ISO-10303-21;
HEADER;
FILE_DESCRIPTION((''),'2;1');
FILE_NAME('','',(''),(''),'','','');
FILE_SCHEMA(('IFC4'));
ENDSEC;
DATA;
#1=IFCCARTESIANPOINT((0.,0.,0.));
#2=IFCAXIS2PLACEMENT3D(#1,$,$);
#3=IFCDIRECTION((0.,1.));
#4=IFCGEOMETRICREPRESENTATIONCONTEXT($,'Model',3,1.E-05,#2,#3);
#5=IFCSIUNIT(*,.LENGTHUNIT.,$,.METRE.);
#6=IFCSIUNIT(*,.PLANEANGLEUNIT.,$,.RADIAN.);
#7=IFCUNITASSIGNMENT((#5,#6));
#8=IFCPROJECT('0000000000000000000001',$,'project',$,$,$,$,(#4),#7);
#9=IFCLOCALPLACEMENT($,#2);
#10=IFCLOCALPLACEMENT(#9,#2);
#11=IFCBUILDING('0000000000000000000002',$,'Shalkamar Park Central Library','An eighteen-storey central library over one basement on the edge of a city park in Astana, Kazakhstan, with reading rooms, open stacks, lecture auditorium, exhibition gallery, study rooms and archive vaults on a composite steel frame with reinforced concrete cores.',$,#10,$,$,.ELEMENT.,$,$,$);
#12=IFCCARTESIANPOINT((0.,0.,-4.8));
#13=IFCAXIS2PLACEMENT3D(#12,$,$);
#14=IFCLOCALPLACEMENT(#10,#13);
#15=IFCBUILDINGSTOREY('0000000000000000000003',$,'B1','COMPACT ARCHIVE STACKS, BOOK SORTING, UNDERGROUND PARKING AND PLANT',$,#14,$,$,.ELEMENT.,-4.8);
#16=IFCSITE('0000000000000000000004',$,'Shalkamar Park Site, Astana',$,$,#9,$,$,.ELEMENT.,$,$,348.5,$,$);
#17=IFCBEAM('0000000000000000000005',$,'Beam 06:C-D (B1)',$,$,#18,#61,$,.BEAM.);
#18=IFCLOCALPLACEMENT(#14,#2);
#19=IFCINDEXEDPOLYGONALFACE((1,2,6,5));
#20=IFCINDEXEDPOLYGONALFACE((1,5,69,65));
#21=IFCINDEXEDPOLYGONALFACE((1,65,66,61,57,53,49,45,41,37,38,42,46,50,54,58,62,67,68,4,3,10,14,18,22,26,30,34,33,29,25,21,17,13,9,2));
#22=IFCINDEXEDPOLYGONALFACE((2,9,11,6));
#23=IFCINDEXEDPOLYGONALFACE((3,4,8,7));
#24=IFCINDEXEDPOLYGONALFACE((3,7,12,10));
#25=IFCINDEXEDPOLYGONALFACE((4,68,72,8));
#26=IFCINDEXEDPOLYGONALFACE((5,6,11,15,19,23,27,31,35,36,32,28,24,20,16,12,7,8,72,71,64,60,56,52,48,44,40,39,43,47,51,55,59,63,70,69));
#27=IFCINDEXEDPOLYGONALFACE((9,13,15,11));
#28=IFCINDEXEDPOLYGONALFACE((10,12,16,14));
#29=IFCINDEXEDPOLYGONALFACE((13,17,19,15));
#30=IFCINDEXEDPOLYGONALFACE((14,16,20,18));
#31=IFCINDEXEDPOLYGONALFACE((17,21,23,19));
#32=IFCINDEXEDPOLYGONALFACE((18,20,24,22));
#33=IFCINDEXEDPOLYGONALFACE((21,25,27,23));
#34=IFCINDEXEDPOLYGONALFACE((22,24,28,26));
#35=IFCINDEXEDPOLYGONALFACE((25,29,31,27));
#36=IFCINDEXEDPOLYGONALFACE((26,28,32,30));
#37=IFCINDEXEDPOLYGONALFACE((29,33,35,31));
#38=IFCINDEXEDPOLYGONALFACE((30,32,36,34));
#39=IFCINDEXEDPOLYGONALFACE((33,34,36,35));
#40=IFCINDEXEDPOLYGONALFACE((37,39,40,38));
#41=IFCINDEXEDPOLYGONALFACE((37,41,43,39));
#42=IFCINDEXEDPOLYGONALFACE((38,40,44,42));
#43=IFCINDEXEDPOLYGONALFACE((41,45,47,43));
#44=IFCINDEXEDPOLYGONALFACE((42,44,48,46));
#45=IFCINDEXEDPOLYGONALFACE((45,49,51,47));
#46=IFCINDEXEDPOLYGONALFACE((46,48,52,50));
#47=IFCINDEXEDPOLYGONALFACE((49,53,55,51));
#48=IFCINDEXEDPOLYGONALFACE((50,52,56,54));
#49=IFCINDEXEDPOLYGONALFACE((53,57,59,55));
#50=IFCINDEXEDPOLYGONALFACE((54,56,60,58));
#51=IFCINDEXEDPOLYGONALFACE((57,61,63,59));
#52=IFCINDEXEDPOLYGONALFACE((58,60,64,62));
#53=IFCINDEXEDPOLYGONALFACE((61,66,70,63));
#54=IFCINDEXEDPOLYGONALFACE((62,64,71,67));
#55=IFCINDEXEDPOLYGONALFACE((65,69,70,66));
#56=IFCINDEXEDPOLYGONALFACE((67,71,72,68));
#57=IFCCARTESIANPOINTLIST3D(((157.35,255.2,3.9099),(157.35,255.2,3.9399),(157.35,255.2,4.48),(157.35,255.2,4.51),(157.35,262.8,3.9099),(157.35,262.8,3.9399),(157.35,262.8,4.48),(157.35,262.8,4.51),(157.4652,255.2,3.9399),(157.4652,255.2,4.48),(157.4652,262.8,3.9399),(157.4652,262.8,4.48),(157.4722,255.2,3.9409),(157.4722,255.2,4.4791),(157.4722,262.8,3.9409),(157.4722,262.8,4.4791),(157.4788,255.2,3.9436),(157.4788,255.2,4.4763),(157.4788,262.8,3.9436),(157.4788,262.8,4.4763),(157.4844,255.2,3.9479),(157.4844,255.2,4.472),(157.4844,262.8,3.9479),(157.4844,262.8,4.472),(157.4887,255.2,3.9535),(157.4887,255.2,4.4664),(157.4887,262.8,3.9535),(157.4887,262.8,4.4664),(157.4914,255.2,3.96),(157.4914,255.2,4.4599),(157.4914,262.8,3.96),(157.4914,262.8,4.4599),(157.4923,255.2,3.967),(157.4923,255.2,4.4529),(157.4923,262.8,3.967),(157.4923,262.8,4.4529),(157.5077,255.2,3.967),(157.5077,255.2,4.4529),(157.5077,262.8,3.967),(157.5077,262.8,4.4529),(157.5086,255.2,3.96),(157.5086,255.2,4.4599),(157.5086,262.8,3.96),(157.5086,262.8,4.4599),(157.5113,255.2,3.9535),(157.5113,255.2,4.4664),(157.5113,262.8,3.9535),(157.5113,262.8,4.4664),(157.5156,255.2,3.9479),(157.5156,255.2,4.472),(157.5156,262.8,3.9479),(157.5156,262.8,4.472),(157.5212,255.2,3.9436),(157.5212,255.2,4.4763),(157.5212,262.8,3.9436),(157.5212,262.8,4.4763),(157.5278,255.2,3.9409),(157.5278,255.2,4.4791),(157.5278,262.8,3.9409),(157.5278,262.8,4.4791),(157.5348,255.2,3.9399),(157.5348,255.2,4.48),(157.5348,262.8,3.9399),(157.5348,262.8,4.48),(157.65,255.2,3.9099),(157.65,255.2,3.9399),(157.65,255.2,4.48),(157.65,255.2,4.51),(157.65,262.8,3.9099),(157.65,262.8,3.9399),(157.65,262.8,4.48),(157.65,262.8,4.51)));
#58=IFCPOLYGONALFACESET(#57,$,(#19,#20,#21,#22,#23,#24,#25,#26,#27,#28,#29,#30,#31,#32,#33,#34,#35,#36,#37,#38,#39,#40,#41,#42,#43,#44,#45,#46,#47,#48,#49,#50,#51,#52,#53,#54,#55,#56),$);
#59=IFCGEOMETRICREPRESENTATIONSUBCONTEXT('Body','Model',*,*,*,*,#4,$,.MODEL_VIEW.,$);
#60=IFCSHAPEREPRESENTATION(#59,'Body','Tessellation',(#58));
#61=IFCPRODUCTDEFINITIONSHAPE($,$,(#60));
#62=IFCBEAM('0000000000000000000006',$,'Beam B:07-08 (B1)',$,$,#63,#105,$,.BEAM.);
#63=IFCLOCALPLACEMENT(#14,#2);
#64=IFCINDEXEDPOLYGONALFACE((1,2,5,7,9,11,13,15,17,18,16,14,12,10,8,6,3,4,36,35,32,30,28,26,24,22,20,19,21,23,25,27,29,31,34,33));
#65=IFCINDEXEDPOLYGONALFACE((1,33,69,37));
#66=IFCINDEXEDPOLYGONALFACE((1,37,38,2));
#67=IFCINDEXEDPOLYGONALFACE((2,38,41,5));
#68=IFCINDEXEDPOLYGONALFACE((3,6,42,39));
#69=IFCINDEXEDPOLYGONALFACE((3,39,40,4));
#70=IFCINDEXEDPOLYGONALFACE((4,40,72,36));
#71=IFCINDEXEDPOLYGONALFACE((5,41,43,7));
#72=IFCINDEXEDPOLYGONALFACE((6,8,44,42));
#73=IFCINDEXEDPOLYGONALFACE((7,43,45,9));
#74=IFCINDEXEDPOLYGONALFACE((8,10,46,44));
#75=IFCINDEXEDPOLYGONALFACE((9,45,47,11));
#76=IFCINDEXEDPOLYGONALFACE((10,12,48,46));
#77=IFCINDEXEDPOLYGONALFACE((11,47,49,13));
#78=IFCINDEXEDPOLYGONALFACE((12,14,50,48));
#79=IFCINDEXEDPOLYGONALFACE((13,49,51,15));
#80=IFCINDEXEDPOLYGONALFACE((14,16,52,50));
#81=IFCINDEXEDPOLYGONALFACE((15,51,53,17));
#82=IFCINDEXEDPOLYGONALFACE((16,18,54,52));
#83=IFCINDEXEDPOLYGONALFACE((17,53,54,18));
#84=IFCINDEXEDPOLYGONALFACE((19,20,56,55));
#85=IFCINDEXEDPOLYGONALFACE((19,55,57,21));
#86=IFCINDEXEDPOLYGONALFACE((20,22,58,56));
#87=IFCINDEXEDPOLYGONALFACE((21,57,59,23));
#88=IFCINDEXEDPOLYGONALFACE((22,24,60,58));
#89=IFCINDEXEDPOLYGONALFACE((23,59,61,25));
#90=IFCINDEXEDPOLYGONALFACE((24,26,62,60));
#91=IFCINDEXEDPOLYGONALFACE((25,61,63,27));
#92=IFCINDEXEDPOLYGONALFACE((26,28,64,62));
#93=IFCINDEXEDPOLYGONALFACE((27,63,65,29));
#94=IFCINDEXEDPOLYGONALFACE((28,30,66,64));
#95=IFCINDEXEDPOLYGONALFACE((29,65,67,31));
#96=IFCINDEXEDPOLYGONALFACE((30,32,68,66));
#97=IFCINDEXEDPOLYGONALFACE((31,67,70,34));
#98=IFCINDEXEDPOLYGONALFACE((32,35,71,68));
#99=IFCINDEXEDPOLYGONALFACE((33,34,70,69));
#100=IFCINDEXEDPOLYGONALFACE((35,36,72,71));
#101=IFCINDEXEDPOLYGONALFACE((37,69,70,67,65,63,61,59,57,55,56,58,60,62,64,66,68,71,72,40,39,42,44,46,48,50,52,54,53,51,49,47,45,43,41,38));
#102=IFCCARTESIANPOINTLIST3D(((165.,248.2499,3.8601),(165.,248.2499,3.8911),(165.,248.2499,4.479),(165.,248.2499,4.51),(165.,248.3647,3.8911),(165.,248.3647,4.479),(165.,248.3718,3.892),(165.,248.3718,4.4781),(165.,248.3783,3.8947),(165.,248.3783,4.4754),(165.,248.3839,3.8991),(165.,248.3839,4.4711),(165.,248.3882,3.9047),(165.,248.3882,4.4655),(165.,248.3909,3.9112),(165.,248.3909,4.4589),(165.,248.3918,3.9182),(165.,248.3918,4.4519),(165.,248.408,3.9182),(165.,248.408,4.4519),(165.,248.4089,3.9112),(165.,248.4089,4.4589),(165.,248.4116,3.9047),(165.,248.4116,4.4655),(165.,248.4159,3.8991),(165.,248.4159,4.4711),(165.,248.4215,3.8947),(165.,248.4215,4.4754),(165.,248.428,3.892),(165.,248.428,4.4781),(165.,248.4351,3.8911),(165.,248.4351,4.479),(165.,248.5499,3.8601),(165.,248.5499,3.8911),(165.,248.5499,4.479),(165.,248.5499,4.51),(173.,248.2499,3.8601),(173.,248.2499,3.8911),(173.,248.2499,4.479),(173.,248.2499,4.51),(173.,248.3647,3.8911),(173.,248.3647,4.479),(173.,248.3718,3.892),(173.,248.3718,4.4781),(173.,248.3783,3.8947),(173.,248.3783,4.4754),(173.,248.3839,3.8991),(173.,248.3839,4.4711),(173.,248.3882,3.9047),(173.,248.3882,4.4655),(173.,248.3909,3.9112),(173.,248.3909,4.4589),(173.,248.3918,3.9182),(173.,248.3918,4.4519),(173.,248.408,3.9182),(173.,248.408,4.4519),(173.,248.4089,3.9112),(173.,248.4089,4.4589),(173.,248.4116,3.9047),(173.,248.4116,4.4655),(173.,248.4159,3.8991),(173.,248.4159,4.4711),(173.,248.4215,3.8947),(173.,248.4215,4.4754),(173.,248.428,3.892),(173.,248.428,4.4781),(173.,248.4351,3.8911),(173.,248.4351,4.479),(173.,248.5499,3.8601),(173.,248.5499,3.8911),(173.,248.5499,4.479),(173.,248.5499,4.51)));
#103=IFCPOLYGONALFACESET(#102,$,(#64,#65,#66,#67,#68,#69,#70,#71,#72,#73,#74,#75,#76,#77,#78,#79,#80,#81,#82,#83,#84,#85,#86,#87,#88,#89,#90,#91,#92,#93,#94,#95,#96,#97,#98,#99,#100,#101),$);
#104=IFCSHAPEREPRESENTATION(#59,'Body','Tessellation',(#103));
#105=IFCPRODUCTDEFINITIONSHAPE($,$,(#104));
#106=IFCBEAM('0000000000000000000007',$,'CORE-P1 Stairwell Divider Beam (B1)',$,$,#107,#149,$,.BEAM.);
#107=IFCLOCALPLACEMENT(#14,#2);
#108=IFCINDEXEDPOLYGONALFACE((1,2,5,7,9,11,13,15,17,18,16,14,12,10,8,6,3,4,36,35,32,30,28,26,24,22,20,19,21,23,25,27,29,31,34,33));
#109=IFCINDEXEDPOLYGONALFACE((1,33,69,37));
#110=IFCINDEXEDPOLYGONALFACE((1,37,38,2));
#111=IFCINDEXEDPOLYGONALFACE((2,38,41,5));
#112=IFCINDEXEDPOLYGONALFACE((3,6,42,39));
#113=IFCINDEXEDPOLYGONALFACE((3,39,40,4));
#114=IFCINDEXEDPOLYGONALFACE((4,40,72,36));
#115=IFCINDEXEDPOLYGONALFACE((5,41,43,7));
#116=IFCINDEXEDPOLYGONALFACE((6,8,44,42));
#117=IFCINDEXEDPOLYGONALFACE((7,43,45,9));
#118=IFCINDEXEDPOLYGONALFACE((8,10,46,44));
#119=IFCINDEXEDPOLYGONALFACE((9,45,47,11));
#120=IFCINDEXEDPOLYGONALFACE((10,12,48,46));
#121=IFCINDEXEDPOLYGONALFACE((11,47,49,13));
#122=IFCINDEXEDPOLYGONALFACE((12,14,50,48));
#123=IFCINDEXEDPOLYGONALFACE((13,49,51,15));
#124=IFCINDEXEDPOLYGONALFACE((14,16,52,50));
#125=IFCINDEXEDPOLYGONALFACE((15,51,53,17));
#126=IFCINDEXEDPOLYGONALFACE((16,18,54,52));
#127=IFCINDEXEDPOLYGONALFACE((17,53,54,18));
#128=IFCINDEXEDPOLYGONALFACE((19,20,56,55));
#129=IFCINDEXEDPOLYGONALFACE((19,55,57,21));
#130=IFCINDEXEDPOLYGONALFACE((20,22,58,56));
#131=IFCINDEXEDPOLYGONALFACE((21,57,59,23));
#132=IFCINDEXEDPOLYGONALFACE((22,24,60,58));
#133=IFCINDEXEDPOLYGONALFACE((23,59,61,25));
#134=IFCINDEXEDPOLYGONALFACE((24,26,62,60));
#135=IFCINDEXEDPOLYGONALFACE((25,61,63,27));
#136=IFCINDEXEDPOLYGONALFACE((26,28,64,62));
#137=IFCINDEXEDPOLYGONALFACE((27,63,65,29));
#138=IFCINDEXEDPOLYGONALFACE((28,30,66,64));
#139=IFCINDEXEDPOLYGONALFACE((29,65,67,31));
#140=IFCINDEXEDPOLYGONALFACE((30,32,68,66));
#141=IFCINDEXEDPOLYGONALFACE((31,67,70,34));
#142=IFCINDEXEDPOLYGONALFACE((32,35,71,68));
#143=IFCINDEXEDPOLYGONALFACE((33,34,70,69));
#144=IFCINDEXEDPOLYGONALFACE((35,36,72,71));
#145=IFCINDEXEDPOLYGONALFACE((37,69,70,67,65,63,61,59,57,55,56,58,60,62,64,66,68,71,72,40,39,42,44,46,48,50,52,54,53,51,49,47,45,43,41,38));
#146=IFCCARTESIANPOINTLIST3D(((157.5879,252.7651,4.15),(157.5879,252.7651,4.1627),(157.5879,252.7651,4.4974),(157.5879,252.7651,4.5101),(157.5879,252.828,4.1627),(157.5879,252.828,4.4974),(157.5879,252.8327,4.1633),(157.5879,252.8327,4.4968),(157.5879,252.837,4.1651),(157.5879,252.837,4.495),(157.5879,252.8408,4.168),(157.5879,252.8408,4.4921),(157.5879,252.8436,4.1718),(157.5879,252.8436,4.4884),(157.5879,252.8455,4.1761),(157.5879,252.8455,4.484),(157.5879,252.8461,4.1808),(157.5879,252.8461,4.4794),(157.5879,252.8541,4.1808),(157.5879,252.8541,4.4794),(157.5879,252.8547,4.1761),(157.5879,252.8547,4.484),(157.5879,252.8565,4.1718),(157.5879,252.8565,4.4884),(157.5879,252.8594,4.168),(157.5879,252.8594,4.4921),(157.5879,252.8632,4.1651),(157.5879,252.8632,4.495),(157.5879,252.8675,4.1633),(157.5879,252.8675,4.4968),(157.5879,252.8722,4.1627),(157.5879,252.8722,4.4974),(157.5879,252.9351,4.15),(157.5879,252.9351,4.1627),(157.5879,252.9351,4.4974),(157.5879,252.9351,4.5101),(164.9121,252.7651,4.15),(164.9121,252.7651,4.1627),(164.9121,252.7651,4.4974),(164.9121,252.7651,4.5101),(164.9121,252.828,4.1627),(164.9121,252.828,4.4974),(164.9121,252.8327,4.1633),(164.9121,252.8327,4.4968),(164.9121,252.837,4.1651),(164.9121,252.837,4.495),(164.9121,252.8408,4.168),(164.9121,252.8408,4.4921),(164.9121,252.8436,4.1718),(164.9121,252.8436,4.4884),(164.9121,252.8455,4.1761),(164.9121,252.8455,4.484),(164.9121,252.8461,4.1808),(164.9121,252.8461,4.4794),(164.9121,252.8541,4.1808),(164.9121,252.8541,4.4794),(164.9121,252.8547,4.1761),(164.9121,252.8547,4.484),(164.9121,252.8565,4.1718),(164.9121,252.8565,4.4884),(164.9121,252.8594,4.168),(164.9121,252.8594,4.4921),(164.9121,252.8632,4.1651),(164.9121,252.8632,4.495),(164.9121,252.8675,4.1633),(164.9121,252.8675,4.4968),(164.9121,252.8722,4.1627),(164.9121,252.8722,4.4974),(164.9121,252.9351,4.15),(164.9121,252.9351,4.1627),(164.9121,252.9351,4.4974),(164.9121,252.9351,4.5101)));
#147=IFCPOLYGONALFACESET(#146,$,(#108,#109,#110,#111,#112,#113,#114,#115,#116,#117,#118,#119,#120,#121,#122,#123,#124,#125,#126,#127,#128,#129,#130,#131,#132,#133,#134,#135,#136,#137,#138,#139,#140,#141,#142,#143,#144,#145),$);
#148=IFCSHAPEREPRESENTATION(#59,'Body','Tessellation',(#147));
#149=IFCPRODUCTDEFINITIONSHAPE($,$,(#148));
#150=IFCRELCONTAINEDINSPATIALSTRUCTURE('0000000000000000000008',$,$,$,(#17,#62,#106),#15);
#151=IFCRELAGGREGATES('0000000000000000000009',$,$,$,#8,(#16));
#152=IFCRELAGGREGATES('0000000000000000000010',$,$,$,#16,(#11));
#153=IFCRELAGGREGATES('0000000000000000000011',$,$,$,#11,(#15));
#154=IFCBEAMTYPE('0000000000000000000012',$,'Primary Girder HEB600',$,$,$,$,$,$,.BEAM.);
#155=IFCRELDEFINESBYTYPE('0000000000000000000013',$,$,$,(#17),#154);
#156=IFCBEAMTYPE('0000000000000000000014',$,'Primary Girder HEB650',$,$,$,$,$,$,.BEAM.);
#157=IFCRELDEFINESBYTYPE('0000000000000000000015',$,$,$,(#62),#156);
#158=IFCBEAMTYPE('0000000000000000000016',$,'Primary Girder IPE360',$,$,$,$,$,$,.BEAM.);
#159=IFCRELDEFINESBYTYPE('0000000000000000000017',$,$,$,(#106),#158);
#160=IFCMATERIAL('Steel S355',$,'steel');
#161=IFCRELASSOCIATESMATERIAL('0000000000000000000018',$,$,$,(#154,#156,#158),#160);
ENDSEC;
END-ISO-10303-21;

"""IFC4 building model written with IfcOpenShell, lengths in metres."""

from ifc_helpers import new_model, si_unit, direction, frame, origin, origin_2d, place, context, subcontext, project, spatial, i_section, extrude, material, material_profile, profile_set, type_object, element, save


model = new_model("IFC4")

# Units and contexts
model_context = context("Model", 3, precision=1e-05, world=origin(), true_north=direction((0.0, 1.0)))
body_context = subcontext(model_context, "Body", "Model", "MODEL_VIEW")
ifc_project = project(units=[si_unit("LENGTHUNIT", "METRE"), si_unit("PLANEANGLEUNIT", "RADIAN")], contexts=[model_context])

# Site, building, storey
site_placement = place(None, origin())
site = spatial("IfcSite", under=ifc_project, at=site_placement, Name="Shalkamar Park Site, Astana", CompositionType="ELEMENT", RefElevation=348.5)
building_placement = place(site_placement, origin())
building = spatial("IfcBuilding", under=site, at=building_placement, Name="Shalkamar Park Central Library", Description="An eighteen-storey central library over one basement on the edge of a city park in Astana, Kazakhstan, with reading rooms, open stacks, lecture auditorium, exhibition gallery, study rooms and archive vaults on a composite steel frame with reinforced concrete cores.", CompositionType="ELEMENT")
storey_placement = place(building_placement, frame((0.0, 0.0, -4.8)))
storey = spatial("IfcBuildingStorey", under=building, at=storey_placement, Name="B1", Description="COMPACT ARCHIVE STACKS, BOOK SORTING, UNDERGROUND PARKING AND PLANT", CompositionType="ELEMENT", Elevation=-4.8)

# Shared definitions
ifc_material_1 = material(Name="Steel S355", Category="steel")

# Beams
ifc_material_profile_1 = material_profile(ifc_material_1, i_section(OverallWidth=0.3, OverallDepth=0.6001, WebThickness=0.0154, FlangeThickness=0.03, FilletRadius=0.0271, at=origin_2d()), Name="HEB 600")
ifc_profile_set_1 = profile_set([ifc_material_profile_1], Name="Steel S355")
beam_type_1 = type_object("IfcBeamType", Name="Primary Girder HEB600", PredefinedType="BEAM", material=ifc_profile_set_1)
beam_1_placement = place(storey_placement, frame((157.5, 255.2, 4.21), z_axis=(0.0, 1.0, 0.0), x_axis=(-1.0, 0.0, 0.0)))
element("IfcBeam", 1, at=beam_1_placement, inside=storey, type_object=beam_type_1, Name="Beam 06:C-D (B1)", PredefinedType="BEAM", context=body_context, shape_type="SweptSolid", body=[
    extrude(i_section(OverallWidth=0.3, OverallDepth=0.6001, WebThickness=0.0154, FlangeThickness=0.03, FilletRadius=0.0271, at=origin_2d()), origin(), (0.0, 0.0, 1.0), 7.6001),
])
ifc_material_profile_2 = material_profile(ifc_material_1, i_section(OverallWidth=0.3, OverallDepth=0.6499, WebThickness=0.0161, FlangeThickness=0.031, FilletRadius=0.0271, at=origin_2d()), Name="HEB 650")
ifc_profile_set_2 = profile_set([ifc_material_profile_2], Name="Steel S355")
beam_type_2 = type_object("IfcBeamType", Name="Primary Girder HEB650", PredefinedType="BEAM", material=ifc_profile_set_2)
beam_2_placement = place(storey_placement, frame((165.0, 248.3999, 4.1851), z_axis=(1.0, 0.0, 0.0), x_axis=(0.0, 1.0, 0.0)))
element("IfcBeam", 2, at=beam_2_placement, inside=storey, type_object=beam_type_2, Name="Beam B:07-08 (B1)", PredefinedType="BEAM", context=body_context, shape_type="SweptSolid", body=[
    extrude(i_section(OverallWidth=0.3, OverallDepth=0.6499, WebThickness=0.0161, FlangeThickness=0.031, FilletRadius=0.0271, at=origin_2d()), origin(), (0.0, 0.0, 1.0), 8.0),
])
ifc_material_profile_3 = material_profile(ifc_material_1, i_section(OverallWidth=0.1699, OverallDepth=0.3601, WebThickness=0.0081, FlangeThickness=0.0127, FilletRadius=0.0181, at=origin_2d()), Name="IPE 360")
ifc_profile_set_3 = profile_set([ifc_material_profile_3], Name="Steel S355")
beam_type_3 = type_object("IfcBeamType", Name="Primary Girder IPE360", PredefinedType="BEAM", material=ifc_profile_set_3)
beam_3_placement = place(storey_placement, frame((157.5879, 252.8501, 4.3301), z_axis=(1.0, 0.0, 0.0), x_axis=(0.0, 1.0, 0.0)))
element("IfcBeam", 3, at=beam_3_placement, inside=storey, type_object=beam_type_3, Name="CORE-P1 Stairwell Divider Beam (B1)", PredefinedType="BEAM", context=body_context, shape_type="SweptSolid", body=[
    extrude(i_section(OverallWidth=0.1699, OverallDepth=0.3601, WebThickness=0.0081, FlangeThickness=0.0127, FilletRadius=0.0181, at=origin_2d()), origin(), (0.0, 0.0, 1.0), 7.3242),
])

save(model, "model.ifc")
